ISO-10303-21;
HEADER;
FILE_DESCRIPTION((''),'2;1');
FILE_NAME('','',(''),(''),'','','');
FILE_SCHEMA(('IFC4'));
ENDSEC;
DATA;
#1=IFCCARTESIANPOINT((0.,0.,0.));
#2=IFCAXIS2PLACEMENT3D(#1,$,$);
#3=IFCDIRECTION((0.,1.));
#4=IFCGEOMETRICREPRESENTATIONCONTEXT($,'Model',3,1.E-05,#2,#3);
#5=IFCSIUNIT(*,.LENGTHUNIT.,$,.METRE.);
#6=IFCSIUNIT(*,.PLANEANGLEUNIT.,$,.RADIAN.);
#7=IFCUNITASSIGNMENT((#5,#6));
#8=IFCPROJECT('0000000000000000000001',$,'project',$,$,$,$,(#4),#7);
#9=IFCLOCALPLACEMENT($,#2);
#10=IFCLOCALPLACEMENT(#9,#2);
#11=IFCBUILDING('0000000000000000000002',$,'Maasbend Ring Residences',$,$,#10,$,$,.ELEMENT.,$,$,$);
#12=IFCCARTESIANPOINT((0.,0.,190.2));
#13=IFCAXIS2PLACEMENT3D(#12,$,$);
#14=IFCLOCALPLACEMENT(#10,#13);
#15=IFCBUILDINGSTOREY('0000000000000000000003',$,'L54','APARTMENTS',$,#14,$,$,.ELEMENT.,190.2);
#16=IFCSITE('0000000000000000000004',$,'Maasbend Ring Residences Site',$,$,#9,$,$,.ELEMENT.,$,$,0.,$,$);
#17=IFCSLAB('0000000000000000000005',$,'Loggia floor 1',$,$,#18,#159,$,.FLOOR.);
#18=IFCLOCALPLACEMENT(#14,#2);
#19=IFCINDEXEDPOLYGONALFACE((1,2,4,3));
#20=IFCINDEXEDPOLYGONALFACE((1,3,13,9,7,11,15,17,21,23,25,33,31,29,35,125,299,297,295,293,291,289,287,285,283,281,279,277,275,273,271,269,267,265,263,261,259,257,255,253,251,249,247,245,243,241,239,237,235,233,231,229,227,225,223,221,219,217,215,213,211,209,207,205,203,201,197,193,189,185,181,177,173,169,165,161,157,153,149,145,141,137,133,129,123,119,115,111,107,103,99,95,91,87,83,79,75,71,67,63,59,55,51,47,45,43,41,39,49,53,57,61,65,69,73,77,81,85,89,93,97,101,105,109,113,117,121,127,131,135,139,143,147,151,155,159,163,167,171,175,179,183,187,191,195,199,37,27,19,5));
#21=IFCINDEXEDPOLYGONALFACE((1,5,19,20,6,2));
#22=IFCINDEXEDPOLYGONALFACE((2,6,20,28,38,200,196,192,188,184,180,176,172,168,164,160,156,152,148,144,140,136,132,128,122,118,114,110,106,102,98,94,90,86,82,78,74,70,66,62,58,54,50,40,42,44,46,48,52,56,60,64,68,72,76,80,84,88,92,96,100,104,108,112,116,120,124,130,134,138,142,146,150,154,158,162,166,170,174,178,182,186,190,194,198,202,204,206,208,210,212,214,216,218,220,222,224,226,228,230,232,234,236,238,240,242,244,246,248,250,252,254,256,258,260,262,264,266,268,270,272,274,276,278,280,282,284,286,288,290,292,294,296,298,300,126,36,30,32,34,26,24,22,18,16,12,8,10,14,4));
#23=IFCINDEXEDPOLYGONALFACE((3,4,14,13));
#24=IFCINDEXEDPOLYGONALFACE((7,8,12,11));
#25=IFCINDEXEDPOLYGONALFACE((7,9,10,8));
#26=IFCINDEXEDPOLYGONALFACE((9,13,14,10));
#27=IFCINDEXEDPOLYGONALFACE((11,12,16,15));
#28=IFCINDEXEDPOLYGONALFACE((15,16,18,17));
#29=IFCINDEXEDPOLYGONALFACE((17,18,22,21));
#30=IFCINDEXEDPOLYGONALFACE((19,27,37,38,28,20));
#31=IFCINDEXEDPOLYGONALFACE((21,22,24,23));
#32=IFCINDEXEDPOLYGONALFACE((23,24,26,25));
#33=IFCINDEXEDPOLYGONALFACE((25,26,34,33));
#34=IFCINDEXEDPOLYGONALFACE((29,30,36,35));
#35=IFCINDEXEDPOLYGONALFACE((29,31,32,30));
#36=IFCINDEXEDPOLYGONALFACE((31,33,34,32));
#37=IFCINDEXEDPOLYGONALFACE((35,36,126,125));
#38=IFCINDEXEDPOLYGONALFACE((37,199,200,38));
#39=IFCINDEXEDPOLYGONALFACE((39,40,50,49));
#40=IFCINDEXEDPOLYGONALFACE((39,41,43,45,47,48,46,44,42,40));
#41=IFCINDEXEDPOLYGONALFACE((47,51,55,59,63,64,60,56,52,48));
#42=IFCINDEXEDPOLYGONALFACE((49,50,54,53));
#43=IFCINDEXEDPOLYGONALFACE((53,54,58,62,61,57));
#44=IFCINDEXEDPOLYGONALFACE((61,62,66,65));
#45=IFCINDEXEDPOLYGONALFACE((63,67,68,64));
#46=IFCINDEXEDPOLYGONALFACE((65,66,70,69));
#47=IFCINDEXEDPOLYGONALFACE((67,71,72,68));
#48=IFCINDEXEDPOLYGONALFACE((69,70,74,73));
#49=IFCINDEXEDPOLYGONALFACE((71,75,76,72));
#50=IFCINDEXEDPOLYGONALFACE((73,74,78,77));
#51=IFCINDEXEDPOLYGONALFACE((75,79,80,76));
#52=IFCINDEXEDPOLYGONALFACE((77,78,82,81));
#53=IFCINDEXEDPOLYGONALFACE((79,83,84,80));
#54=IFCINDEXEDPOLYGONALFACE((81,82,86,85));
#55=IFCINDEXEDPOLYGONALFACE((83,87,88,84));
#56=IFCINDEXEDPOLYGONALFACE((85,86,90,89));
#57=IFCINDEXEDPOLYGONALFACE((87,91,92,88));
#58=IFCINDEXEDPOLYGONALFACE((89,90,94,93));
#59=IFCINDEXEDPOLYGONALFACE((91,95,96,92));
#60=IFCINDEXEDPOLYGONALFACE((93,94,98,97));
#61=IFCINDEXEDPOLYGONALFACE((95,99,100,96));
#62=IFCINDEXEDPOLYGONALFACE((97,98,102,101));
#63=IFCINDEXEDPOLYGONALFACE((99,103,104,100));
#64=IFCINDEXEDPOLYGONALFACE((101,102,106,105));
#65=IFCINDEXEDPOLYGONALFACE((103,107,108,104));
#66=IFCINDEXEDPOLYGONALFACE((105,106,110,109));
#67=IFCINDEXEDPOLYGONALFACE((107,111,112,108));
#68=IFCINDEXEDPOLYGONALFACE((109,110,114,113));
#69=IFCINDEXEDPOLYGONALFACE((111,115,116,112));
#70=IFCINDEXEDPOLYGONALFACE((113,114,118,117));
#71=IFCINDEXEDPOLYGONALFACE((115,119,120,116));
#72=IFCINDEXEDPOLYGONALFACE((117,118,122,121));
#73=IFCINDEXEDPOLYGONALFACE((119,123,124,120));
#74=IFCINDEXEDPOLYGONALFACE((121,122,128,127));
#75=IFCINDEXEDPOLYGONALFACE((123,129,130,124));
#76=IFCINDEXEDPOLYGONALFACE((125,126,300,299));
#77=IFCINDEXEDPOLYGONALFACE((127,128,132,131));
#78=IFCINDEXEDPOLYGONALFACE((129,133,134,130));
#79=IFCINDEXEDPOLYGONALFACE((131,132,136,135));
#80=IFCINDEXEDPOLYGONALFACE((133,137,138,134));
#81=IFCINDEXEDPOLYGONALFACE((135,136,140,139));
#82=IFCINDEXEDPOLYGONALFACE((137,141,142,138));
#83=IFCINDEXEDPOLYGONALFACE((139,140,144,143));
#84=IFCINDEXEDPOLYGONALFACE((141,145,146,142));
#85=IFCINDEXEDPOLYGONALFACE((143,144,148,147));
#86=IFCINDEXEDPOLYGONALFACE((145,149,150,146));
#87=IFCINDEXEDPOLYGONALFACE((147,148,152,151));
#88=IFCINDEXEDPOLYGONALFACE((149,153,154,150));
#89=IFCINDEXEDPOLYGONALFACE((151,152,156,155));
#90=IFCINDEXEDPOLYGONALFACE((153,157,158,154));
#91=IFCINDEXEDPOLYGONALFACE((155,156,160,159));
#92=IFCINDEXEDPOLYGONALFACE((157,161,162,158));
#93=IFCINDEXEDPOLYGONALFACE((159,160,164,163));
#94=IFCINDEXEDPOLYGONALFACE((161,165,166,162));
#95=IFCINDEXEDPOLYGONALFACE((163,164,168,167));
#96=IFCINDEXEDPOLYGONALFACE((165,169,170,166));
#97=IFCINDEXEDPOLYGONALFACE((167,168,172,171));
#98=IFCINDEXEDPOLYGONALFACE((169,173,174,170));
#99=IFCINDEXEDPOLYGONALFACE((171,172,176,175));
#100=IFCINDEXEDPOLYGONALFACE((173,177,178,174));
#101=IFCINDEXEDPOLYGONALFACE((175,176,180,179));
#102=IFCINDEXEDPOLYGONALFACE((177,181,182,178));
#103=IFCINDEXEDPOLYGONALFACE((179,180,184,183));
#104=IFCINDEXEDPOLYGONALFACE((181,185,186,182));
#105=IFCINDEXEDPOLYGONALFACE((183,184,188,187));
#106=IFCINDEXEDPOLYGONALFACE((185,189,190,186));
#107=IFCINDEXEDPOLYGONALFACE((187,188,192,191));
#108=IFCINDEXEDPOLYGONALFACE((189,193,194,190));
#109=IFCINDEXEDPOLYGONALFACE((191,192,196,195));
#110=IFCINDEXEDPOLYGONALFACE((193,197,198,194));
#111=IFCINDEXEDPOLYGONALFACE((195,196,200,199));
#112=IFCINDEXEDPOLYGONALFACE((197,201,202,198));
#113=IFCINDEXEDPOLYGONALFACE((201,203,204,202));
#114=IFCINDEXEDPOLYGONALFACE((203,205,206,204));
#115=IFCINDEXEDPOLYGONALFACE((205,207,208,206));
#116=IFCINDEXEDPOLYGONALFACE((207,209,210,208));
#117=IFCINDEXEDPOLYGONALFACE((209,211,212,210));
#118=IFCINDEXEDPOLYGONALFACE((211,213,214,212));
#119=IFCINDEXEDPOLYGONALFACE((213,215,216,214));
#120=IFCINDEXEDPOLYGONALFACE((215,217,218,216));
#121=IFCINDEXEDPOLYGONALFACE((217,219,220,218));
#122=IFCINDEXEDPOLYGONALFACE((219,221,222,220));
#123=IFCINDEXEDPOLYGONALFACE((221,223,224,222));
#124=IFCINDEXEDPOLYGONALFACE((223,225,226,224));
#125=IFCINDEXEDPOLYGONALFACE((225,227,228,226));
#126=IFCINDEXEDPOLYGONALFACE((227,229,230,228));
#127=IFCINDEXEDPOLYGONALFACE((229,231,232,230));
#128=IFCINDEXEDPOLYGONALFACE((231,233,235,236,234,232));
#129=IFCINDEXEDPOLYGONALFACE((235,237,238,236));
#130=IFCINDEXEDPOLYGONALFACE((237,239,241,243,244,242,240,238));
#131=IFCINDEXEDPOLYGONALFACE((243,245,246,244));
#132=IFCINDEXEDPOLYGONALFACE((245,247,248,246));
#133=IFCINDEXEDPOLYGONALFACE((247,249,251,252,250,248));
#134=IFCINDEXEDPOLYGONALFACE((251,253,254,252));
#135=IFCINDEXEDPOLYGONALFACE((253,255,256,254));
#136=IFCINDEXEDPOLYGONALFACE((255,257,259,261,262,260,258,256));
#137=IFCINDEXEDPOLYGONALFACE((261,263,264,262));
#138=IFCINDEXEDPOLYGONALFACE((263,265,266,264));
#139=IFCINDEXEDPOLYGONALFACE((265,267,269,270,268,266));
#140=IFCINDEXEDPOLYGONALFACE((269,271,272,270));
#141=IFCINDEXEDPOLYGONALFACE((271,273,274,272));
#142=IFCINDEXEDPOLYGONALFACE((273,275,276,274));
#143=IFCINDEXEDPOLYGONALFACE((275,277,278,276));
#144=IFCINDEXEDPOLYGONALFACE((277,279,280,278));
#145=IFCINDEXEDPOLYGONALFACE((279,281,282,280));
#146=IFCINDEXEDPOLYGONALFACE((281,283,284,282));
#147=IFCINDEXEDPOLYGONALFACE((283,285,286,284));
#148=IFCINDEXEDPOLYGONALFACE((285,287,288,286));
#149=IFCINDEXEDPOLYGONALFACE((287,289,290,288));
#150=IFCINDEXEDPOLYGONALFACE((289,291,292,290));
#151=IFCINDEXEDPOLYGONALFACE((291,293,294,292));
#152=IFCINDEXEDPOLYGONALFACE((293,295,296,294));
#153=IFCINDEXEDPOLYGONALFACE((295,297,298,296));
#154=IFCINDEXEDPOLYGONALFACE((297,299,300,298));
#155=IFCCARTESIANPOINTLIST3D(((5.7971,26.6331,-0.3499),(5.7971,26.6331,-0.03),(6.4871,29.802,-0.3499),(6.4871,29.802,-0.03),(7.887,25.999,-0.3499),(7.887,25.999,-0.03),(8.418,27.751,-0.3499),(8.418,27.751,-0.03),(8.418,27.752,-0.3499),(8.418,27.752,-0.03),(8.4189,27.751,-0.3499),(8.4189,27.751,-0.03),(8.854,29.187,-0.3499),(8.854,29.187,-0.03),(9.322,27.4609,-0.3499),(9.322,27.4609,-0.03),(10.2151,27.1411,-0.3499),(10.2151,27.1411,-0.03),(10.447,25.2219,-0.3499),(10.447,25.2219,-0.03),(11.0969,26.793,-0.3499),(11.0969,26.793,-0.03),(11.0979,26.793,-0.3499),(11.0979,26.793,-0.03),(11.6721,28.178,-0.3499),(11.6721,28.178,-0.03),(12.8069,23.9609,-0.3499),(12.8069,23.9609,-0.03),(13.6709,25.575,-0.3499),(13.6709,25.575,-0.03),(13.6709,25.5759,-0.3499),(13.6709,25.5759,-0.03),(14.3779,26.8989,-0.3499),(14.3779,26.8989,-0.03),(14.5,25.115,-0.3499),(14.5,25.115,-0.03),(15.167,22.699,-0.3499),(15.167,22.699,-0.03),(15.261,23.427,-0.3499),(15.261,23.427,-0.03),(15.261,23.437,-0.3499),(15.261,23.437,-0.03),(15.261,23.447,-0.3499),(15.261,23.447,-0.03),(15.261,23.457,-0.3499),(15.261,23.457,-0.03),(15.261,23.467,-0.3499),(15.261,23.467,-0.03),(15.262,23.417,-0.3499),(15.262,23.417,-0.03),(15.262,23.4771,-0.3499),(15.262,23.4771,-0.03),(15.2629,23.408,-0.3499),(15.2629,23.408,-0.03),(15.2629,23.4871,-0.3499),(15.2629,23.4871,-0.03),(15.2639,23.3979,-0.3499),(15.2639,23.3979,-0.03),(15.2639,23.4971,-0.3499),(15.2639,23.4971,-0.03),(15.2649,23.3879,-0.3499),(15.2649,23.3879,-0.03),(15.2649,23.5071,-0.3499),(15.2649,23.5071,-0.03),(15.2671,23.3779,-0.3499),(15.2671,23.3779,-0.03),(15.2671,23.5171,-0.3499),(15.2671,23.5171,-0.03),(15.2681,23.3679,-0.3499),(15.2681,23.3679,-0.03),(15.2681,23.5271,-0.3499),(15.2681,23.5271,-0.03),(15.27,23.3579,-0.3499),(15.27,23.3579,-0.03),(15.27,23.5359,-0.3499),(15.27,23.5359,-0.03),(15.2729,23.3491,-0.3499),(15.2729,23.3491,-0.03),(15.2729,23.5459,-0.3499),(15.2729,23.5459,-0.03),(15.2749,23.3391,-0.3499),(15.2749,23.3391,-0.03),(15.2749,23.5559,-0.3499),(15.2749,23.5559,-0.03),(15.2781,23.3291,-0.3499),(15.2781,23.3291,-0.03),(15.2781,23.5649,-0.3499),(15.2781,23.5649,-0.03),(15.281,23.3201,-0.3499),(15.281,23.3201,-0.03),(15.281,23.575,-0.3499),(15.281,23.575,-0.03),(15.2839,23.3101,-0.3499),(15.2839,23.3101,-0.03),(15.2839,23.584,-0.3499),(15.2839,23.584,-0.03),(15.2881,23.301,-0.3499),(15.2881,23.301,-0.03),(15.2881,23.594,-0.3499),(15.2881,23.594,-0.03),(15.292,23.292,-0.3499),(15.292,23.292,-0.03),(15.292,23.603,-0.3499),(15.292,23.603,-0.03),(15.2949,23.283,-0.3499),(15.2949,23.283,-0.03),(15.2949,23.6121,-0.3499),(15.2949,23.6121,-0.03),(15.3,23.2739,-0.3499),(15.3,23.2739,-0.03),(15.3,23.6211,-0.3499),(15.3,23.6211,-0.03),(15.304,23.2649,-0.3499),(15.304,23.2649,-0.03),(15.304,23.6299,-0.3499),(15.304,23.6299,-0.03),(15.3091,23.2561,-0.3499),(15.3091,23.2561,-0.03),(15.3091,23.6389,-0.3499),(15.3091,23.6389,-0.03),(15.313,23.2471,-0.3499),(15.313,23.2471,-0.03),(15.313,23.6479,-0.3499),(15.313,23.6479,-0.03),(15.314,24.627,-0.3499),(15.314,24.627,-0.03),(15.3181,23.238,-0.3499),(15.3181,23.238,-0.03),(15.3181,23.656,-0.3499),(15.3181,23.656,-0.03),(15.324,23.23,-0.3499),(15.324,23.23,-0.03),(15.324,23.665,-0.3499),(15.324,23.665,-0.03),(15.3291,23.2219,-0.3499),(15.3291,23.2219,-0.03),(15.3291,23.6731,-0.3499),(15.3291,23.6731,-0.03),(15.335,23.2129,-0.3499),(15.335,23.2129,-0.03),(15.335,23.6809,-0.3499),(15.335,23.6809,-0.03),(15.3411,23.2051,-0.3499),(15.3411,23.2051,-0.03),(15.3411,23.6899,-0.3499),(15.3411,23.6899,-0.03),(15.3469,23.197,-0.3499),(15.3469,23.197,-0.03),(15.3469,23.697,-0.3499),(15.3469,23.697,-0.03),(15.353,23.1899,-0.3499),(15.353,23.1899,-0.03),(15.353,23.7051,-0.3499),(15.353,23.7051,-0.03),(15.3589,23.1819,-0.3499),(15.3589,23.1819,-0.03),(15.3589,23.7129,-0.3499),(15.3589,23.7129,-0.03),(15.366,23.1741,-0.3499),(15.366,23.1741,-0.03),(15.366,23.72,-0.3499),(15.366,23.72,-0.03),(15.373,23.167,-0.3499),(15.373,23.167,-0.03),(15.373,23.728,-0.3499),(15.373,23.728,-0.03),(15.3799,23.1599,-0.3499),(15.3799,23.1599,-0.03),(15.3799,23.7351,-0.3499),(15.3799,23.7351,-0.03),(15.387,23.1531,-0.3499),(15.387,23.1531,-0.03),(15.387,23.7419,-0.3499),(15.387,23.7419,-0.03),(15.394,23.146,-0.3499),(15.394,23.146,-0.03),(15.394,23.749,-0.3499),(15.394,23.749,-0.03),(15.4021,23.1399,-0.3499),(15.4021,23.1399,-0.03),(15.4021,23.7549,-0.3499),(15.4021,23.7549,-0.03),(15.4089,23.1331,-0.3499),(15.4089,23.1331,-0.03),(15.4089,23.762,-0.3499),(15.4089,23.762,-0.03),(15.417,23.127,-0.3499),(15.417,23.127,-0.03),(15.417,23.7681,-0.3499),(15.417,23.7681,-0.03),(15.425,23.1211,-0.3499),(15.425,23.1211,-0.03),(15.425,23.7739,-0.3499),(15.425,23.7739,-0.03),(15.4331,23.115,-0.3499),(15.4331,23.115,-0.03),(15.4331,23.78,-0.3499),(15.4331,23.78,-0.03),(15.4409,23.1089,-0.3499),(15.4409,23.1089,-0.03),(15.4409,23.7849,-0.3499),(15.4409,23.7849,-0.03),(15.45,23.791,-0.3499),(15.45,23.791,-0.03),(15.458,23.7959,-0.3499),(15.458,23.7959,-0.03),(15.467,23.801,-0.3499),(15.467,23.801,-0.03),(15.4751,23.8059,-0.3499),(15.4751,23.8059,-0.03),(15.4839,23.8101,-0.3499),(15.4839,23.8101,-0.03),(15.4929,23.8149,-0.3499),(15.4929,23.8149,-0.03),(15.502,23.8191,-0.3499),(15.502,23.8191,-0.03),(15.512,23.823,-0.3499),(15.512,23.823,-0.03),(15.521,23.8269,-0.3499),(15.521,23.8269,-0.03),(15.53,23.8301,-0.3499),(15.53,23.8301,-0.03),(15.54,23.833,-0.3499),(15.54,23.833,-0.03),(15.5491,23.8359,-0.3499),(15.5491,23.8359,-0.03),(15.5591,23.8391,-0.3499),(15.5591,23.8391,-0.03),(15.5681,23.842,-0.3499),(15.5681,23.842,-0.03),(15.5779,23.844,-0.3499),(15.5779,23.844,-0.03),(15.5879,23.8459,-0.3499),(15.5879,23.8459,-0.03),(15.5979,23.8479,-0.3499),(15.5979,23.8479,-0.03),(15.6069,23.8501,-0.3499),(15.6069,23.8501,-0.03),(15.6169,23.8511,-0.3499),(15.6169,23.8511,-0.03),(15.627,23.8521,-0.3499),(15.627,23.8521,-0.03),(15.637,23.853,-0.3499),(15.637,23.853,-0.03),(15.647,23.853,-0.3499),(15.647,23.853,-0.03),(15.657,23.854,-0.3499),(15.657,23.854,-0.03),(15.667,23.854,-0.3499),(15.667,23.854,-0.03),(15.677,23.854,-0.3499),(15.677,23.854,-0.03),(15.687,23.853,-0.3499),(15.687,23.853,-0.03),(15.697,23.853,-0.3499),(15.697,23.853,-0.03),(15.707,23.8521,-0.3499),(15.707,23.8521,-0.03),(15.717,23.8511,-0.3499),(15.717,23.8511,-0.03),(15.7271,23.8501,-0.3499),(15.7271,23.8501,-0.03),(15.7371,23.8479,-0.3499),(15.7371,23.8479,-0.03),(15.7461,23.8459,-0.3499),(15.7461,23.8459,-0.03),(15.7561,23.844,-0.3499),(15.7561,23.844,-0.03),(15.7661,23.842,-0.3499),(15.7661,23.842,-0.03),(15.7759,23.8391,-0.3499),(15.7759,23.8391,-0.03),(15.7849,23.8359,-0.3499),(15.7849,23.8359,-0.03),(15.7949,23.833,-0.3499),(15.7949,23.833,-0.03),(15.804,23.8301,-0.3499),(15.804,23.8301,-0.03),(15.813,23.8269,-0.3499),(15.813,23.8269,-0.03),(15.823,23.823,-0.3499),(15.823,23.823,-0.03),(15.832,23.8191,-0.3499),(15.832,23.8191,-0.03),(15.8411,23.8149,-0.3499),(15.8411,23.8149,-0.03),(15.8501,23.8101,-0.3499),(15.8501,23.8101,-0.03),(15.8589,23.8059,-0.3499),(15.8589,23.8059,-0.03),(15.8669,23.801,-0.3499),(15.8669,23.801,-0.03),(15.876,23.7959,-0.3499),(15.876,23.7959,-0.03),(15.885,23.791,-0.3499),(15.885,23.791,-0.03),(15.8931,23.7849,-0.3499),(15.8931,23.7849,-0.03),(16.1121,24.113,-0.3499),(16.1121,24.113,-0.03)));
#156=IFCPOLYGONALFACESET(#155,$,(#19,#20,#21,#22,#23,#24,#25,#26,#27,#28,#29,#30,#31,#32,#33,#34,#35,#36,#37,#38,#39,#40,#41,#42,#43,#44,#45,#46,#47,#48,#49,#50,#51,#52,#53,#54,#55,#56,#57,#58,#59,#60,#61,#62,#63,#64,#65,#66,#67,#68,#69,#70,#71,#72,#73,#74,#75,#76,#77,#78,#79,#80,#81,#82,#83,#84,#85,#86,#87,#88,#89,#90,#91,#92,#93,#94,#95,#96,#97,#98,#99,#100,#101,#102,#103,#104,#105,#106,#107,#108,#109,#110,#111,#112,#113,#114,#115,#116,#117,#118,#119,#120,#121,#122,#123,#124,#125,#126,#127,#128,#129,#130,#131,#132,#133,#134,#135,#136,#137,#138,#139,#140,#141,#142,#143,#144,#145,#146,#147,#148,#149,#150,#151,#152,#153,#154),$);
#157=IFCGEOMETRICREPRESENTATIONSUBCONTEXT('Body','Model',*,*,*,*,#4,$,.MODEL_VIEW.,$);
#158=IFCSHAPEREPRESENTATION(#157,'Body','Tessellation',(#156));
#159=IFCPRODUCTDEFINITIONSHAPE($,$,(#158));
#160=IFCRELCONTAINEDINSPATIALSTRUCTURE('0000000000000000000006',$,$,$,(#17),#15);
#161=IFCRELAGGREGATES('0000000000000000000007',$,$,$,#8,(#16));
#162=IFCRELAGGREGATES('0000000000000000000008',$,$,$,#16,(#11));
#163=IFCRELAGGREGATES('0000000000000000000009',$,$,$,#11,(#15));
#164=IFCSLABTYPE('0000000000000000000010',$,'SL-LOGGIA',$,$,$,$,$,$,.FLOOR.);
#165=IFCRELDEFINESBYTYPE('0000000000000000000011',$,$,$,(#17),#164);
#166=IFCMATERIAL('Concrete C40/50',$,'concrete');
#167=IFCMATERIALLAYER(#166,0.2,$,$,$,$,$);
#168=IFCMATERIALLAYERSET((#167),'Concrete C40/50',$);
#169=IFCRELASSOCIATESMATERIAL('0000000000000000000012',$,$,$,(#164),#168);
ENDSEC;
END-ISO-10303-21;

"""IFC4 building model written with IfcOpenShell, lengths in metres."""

from ifc_helpers import new_model, si_unit, direction, frame, origin, place, context, subcontext, project, spatial, polyline, outline, extrude, material, layer, layer_set, type_object, element, save


model = new_model("IFC4")

# Units and contexts
model_context = context("Model", 3, precision=1e-05, world=origin(), true_north=direction((0.0, 1.0)))
body_context = subcontext(model_context, "Body", "Model", "MODEL_VIEW")
ifc_project = project(units=[si_unit("LENGTHUNIT", "METRE"), si_unit("PLANEANGLEUNIT", "RADIAN")], contexts=[model_context])

# Site, building, storey
site_placement = place(None, origin())
site = spatial("IfcSite", under=ifc_project, at=site_placement, Name="Maasbend Ring Residences Site", CompositionType="ELEMENT", RefElevation=0.0)
building_placement = place(site_placement, origin())
building = spatial("IfcBuilding", under=site, at=building_placement, Name="Maasbend Ring Residences", CompositionType="ELEMENT")
storey_placement = place(building_placement, frame((0.0, 0.0, 190.2)))
storey = spatial("IfcBuildingStorey", under=building, at=storey_placement, Name="L54", Description="APARTMENTS", CompositionType="ELEMENT", Elevation=190.2)

# Slab
ifc_material_1 = material(Name="Concrete C40/50", Category="concrete")
ifc_layer_1 = layer(ifc_material_1, 0.2)
ifc_layer_set_1 = layer_set([ifc_layer_1], Name="Concrete C40/50")
slab_type_1 = type_object("IfcSlabType", Name="SL-LOGGIA", PredefinedType="FLOOR", material=ifc_layer_set_1)
slab_1_placement = place(storey_placement, frame((0.0, 0.0, -0.3499)))
element("IfcSlab", 1, at=slab_1_placement, inside=storey, type_object=slab_type_1, Name="Loggia floor 1", PredefinedType="FLOOR", context=body_context, shape_type="SweptSolid", body=[
    extrude(outline(polyline([(8.854, 29.187), (8.854, 29.187), (8.854, 29.187), (8.418, 27.752), (8.418, 27.752), (8.418, 27.752), (8.418, 27.752), (8.418, 27.752), (8.418, 27.752), (8.418, 27.751), (8.418, 27.751), (8.418, 27.751), (8.418, 27.751), (8.418, 27.751), (8.4189, 27.751), (8.4189, 27.751), (8.4189, 27.751), (8.4189, 27.751), (8.4189, 27.751), (8.4189, 27.751), (9.322, 27.4609), (9.322, 27.4609), (10.2151, 27.1411), (10.2151, 27.1411), (11.0969, 26.793), (11.0969, 26.793), (11.0969, 26.793), (11.0979, 26.793), (11.0979, 26.793), (11.0979, 26.793), (11.0979, 26.793), (11.0979, 26.793), (11.0979, 26.793), (11.0979, 26.793), (11.0979, 26.793), (11.0979, 26.793), (11.0979, 26.793), (11.0979, 26.793), (11.0979, 26.793), (11.0979, 26.793), (11.0979, 26.793), (11.6721, 28.178), (11.6721, 28.178), (11.6721, 28.178), (14.3779, 26.8989), (14.3779, 26.8989), (14.3779, 26.8989), (13.6709, 25.5759), (13.6709, 25.5759), (13.6709, 25.5759), (13.6709, 25.5759), (13.6709, 25.5759), (13.6709, 25.5759), (13.6709, 25.5759), (13.6709, 25.5759), (13.6709, 25.5759), (13.6709, 25.5759), (13.6709, 25.5759), (13.6709, 25.5759), (13.6709, 25.5759), (13.6709, 25.5759), (13.6709, 25.5759), (13.6709, 25.5759), (13.6709, 25.575), (14.5, 25.115), (14.5, 25.115), (15.314, 24.627), (15.314, 24.627), (16.1121, 24.113), (16.1121, 24.113), (16.1121, 24.113), (15.8931, 23.7849), (15.885, 23.791), (15.876, 23.7959), (15.8669, 23.801), (15.8589, 23.8059), (15.8501, 23.8101), (15.8411, 23.8149), (15.832, 23.8191), (15.823, 23.823), (15.813, 23.8269), (15.804, 23.8301), (15.7949, 23.833), (15.7849, 23.8359), (15.7759, 23.8391), (15.7661, 23.842), (15.7561, 23.844), (15.7461, 23.8459), (15.7371, 23.8479), (15.7271, 23.8501), (15.717, 23.8511), (15.707, 23.8521), (15.697, 23.853), (15.687, 23.853), (15.677, 23.854), (15.667, 23.854), (15.657, 23.854), (15.647, 23.853), (15.637, 23.853), (15.627, 23.8521), (15.6169, 23.8511), (15.6069, 23.8501), (15.5979, 23.8479), (15.5879, 23.8459), (15.5779, 23.844), (15.5681, 23.842), (15.5591, 23.8391), (15.5491, 23.8359), (15.54, 23.833), (15.53, 23.8301), (15.521, 23.8269), (15.512, 23.823), (15.502, 23.8191), (15.4929, 23.8149), (15.4839, 23.8101), (15.4751, 23.8059), (15.467, 23.801), (15.458, 23.7959), (15.45, 23.791), (15.4409, 23.7849), (15.4331, 23.78), (15.425, 23.7739), (15.417, 23.7681), (15.4089, 23.762), (15.4021, 23.7549), (15.394, 23.749), (15.387, 23.7419), (15.3799, 23.7351), (15.373, 23.728), (15.366, 23.72), (15.3589, 23.7129), (15.353, 23.7051), (15.3469, 23.697), (15.3411, 23.6899), (15.335, 23.6809), (15.3291, 23.6731), (15.324, 23.665), (15.3181, 23.656), (15.313, 23.6479), (15.3091, 23.6389), (15.304, 23.6299), (15.3, 23.6211), (15.2949, 23.6121), (15.292, 23.603), (15.2881, 23.594), (15.2839, 23.584), (15.281, 23.575), (15.2781, 23.5649), (15.2749, 23.5559), (15.2729, 23.5459), (15.27, 23.5359), (15.2681, 23.5271), (15.2671, 23.5171), (15.2649, 23.5071), (15.2639, 23.4971), (15.2629, 23.4871), (15.262, 23.4771), (15.261, 23.467), (15.261, 23.457), (15.261, 23.447), (15.261, 23.437), (15.261, 23.427), (15.262, 23.417), (15.2629, 23.408), (15.2639, 23.3979), (15.2649, 23.3879), (15.2671, 23.3779), (15.2681, 23.3679), (15.27, 23.3579), (15.2729, 23.3491), (15.2749, 23.3391), (15.2781, 23.3291), (15.281, 23.3201), (15.2839, 23.3101), (15.2881, 23.301), (15.292, 23.292), (15.2949, 23.283), (15.3, 23.2739), (15.304, 23.2649), (15.3091, 23.2561), (15.313, 23.2471), (15.3181, 23.238), (15.324, 23.23), (15.3291, 23.2219), (15.335, 23.2129), (15.3411, 23.2051), (15.3469, 23.197), (15.353, 23.1899), (15.3589, 23.1819), (15.366, 23.1741), (15.373, 23.167), (15.3799, 23.1599), (15.387, 23.1531), (15.394, 23.146), (15.4021, 23.1399), (15.4089, 23.1331), (15.417, 23.127), (15.425, 23.1211), (15.4331, 23.115), (15.4409, 23.1089), (15.167, 22.699), (15.167, 22.699), (15.167, 22.699), (12.8069, 23.9609), (10.447, 25.2219), (10.447, 25.2219), (10.447, 25.2219), (7.887, 25.999), (5.7971, 26.6331), (5.7971, 26.6331), (5.7971, 26.6331), (6.4871, 29.802), (6.4871, 29.802), (6.4871, 29.802), (8.854, 29.187)])), origin(), (0.0, 0.0, 1.0), 0.3198),
])

save(model, "model.ifc")
